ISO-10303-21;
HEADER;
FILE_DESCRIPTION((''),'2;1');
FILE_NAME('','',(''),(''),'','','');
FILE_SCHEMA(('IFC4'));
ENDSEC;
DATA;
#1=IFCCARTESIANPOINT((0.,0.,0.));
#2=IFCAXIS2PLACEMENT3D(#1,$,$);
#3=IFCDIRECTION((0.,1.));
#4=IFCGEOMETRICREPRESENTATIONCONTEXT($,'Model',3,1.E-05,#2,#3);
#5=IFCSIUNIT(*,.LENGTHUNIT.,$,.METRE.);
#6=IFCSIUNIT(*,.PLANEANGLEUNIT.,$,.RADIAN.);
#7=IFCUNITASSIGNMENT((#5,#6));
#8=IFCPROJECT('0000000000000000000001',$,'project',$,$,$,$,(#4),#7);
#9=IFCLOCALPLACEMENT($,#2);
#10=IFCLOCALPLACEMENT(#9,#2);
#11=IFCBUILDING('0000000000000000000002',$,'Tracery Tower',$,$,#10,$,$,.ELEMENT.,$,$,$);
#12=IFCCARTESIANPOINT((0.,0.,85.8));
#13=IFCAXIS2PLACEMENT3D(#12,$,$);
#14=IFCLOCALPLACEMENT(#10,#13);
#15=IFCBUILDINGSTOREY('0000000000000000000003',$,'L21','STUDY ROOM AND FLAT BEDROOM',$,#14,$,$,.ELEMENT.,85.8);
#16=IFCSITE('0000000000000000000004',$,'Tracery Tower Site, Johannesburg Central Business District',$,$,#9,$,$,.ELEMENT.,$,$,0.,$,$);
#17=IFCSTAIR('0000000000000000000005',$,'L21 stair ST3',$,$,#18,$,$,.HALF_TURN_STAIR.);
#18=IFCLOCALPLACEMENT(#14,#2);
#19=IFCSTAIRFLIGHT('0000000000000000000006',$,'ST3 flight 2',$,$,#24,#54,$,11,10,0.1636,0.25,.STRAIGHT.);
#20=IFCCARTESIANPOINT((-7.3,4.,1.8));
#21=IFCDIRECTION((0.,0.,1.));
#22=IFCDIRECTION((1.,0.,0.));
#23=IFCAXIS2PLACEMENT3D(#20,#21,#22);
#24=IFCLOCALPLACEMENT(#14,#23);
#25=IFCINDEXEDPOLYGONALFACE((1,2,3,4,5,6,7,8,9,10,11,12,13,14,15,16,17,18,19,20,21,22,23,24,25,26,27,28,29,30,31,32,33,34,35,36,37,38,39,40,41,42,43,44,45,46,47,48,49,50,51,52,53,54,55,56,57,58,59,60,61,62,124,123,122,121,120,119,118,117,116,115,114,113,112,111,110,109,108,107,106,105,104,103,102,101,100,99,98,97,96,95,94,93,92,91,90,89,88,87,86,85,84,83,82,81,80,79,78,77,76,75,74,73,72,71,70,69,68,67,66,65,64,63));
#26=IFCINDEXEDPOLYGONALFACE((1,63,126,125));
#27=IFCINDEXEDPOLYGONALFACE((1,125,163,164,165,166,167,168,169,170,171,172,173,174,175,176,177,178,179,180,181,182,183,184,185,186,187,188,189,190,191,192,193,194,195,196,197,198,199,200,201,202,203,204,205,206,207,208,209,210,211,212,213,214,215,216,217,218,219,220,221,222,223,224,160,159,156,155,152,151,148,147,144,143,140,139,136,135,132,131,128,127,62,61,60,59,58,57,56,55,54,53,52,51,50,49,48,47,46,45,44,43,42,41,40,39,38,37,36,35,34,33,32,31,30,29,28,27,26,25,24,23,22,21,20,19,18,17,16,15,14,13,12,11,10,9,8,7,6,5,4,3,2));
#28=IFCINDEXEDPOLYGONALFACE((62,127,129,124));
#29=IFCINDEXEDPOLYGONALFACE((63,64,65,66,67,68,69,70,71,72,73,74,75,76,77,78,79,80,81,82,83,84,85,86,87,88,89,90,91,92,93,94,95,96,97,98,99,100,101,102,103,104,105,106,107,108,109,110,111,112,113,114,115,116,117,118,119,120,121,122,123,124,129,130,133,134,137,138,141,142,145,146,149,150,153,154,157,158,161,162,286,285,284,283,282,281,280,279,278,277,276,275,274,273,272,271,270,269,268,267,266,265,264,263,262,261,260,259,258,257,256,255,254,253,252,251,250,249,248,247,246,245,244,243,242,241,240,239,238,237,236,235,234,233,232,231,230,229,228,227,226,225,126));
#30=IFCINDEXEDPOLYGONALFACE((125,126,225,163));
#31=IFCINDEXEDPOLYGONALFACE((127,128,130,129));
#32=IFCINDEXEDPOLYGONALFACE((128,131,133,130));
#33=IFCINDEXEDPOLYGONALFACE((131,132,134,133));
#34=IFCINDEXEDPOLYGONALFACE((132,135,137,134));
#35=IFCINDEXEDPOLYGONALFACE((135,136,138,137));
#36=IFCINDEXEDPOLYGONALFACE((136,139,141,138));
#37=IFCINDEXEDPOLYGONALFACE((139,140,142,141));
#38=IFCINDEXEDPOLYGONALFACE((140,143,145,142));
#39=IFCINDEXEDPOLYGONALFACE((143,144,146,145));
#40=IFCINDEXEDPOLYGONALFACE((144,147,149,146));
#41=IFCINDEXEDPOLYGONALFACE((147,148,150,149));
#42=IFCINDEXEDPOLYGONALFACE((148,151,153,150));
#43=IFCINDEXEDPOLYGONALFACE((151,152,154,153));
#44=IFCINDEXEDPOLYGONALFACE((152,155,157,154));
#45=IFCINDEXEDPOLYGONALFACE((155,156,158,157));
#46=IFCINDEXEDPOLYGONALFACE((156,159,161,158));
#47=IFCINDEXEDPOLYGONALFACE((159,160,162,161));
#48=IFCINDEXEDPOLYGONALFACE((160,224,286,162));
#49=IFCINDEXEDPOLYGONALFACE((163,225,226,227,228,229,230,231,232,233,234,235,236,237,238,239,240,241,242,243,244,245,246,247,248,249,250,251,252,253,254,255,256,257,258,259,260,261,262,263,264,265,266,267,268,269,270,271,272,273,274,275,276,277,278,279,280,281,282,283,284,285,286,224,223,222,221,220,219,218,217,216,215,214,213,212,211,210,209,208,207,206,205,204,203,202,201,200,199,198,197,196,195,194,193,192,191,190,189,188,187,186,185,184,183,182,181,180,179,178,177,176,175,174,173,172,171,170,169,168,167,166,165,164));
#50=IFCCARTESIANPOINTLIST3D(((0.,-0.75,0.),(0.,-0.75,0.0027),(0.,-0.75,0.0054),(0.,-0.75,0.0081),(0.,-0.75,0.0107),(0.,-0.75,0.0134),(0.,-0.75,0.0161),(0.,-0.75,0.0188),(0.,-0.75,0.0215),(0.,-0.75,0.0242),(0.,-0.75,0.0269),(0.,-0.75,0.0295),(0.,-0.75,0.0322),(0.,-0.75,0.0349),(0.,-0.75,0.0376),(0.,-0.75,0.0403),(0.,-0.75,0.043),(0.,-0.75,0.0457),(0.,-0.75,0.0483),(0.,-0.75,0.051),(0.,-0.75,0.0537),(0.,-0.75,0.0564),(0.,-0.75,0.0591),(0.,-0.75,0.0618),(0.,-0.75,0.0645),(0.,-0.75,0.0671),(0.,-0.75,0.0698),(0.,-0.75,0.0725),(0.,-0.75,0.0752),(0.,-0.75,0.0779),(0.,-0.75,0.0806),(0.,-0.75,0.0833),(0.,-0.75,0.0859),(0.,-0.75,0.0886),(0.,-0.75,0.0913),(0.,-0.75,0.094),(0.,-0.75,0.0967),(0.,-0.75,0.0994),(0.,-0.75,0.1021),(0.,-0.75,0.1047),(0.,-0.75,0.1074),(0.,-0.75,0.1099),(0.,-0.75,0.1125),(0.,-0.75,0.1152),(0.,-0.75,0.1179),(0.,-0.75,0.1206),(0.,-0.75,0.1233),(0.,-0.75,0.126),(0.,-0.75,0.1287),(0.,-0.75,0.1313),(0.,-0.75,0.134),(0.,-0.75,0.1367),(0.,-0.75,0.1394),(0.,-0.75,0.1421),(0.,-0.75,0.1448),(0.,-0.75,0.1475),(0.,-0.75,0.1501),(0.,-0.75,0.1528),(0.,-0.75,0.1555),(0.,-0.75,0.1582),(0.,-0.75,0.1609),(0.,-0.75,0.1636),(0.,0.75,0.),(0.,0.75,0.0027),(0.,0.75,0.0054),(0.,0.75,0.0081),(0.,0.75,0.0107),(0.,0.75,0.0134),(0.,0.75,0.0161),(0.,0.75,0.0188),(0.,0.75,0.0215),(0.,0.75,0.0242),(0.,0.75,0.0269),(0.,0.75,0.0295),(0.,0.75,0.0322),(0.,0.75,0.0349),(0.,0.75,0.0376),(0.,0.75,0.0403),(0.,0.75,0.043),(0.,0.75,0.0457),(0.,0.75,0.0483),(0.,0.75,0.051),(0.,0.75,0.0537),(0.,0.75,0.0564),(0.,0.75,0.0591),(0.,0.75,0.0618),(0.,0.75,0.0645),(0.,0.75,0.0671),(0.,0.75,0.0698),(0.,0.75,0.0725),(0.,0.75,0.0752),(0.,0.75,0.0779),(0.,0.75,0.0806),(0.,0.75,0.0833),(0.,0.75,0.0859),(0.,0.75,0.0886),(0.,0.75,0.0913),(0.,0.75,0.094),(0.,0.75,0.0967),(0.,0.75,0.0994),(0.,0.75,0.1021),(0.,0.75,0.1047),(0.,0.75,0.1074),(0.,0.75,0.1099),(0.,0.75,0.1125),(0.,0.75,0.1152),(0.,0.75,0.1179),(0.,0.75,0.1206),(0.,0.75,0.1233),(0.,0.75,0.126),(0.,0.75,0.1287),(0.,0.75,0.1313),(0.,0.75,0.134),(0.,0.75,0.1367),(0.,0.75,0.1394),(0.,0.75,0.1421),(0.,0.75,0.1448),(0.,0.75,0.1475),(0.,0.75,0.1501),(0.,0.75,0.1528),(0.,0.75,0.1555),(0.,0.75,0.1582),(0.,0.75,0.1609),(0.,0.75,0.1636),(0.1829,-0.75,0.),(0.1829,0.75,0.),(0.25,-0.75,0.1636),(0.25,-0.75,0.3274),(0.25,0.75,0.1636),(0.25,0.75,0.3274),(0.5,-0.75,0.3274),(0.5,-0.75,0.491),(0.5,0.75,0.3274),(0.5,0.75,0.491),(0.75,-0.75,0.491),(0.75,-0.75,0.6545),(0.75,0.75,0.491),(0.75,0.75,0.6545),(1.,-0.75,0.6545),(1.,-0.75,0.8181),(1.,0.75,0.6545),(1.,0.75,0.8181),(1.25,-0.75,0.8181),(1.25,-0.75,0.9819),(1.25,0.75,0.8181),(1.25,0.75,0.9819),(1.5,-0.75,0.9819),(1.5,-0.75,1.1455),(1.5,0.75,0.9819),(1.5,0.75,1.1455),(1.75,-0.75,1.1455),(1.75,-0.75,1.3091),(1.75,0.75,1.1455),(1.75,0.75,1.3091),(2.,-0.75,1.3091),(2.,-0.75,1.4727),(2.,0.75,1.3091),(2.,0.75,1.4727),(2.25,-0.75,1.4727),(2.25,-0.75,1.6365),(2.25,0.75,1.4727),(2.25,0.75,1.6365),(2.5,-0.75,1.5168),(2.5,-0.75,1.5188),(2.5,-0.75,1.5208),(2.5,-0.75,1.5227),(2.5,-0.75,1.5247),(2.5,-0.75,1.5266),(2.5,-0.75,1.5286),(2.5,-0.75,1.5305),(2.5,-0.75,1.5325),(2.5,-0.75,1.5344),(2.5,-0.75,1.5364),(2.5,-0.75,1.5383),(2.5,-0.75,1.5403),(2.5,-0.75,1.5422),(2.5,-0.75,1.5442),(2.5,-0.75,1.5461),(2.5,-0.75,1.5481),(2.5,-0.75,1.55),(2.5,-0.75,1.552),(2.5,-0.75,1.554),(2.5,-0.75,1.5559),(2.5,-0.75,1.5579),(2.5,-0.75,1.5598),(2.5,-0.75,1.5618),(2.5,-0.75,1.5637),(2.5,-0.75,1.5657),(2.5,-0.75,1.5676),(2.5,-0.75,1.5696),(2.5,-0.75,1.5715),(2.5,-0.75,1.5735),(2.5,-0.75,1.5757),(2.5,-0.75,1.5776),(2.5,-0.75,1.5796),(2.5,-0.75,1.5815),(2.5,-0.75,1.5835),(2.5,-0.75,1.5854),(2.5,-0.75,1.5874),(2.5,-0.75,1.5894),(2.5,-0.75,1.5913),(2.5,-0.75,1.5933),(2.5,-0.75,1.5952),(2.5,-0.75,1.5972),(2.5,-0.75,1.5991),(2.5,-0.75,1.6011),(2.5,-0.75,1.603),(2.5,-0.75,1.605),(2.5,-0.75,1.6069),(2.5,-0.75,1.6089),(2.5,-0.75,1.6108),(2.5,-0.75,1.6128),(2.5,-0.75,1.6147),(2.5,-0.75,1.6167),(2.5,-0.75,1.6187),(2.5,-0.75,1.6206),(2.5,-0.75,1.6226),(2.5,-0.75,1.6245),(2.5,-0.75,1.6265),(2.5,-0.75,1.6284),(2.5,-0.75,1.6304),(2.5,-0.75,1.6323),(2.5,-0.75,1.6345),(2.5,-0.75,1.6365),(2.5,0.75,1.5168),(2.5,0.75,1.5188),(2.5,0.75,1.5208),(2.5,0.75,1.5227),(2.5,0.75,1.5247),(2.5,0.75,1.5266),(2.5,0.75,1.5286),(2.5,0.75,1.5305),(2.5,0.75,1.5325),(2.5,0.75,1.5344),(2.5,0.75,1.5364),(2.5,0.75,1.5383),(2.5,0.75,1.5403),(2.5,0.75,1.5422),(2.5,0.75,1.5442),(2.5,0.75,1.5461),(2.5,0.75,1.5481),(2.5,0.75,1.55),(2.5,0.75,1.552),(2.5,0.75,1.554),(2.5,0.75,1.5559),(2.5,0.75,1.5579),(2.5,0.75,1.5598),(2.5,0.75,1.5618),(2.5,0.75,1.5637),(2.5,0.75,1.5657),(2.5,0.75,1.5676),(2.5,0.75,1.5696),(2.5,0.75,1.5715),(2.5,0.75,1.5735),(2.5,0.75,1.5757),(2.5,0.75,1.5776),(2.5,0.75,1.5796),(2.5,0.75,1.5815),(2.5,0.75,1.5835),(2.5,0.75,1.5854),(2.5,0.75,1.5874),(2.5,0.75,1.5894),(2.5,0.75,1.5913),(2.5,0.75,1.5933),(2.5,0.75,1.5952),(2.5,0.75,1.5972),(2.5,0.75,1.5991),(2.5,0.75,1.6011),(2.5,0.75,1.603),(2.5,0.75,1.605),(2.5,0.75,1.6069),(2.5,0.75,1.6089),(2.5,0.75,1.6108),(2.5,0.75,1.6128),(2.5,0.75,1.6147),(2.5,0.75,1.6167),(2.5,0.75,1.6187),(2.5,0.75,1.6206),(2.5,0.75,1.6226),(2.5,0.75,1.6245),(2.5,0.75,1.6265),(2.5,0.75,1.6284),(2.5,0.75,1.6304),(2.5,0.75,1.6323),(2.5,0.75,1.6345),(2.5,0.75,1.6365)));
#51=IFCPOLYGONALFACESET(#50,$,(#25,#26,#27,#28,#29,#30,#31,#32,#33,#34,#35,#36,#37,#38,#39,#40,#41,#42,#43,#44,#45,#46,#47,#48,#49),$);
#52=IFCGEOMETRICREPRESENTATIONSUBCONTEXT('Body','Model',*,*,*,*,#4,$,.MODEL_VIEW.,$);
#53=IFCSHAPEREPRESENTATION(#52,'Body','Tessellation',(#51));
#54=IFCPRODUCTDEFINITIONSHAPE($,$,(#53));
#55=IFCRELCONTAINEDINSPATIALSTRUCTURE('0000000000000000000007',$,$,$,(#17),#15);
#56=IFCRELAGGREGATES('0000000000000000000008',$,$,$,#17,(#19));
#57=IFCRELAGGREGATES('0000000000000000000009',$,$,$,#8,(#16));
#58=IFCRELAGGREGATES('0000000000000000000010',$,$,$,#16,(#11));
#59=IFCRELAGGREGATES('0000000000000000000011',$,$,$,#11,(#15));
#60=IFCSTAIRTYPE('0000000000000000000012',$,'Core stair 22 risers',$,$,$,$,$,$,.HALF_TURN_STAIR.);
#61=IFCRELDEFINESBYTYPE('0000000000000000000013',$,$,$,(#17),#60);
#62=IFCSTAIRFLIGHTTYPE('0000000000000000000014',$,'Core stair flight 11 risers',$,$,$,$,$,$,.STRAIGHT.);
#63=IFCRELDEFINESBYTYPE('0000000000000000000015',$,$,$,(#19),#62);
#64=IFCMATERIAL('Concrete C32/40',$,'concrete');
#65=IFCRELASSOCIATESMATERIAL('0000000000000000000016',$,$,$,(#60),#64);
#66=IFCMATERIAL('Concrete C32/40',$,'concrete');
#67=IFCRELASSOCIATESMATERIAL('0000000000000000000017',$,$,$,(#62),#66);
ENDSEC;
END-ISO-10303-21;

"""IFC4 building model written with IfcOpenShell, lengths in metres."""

from ifc_helpers import new_model, si_unit, direction, frame, origin, place, context, subcontext, project, spatial, polyline, outline, extrude, material, type_object, element, aggregate, save


model = new_model("IFC4")

# Units and contexts
model_context = context("Model", 3, precision=1e-05, world=origin(), true_north=direction((0.0, 1.0)))
body_context = subcontext(model_context, "Body", "Model", "MODEL_VIEW")
ifc_project = project(units=[si_unit("LENGTHUNIT", "METRE"), si_unit("PLANEANGLEUNIT", "RADIAN")], contexts=[model_context])

# Site, building, storey
site_placement = place(None, origin())
site = spatial("IfcSite", under=ifc_project, at=site_placement, Name="Tracery Tower Site, Johannesburg Central Business District", CompositionType="ELEMENT", RefElevation=0.0)
building_placement = place(site_placement, origin())
building = spatial("IfcBuilding", under=site, at=building_placement, Name="Tracery Tower", CompositionType="ELEMENT")
storey_placement = place(building_placement, frame((0.0, 0.0, 85.8)))
storey = spatial("IfcBuildingStorey", under=building, at=storey_placement, Name="L21", Description="STUDY ROOM AND FLAT BEDROOM", CompositionType="ELEMENT", Elevation=85.8)

# Stair, stair flight
ifc_material_1 = material(Name="Concrete C32/40", Category="concrete")
stair_type = type_object("IfcStairType", Name="Core stair 22 risers", PredefinedType="HALF_TURN_STAIR", material=ifc_material_1)
stair_placement = place(storey_placement, origin())
stair = element("IfcStair", 1, at=stair_placement, inside=storey, type_object=stair_type, Name="L21 stair ST3", PredefinedType="HALF_TURN_STAIR")
ifc_material_2 = material(Name="Concrete C32/40", Category="concrete")
stair_flight_type = type_object("IfcStairFlightType", Name="Core stair flight 11 risers", PredefinedType="STRAIGHT", material=ifc_material_2)
stair_flight_1_placement = place(storey_placement, frame((-7.3, 4.0, 1.8), z_axis=(0.0, 0.0, 1.0), x_axis=(1.0, 0.0, 0.0)))
stair_flight_1 = element("IfcStairFlight", 2, at=stair_flight_1_placement, type_object=stair_flight_type, Name="ST3 flight 2", NumberOfRisers=11, NumberOfTreads=10, PredefinedType="STRAIGHT", RiserHeight=0.1636, TreadLength=0.25, context=body_context, shape_type="SweptSolid", body=[
    extrude(outline(polyline([(0.0, 0.0), (0.0, 0.0027), (0.0, 0.0054), (0.0, 0.0081), (0.0, 0.0107), (0.0, 0.0134), (0.0, 0.0161), (0.0, 0.0188), (0.0, 0.0215), (0.0, 0.0242), (0.0, 0.0269), (0.0, 0.0295), (0.0, 0.0322), (0.0, 0.0349), (0.0, 0.0376), (0.0, 0.0403), (0.0, 0.043), (0.0, 0.0457), (0.0, 0.0483), (0.0, 0.051), (0.0, 0.0537), (0.0, 0.0564), (0.0, 0.0591), (0.0, 0.0618), (0.0, 0.0645), (0.0, 0.0671), (0.0, 0.0698), (0.0, 0.0725), (0.0, 0.0752), (0.0, 0.0779), (0.0, 0.0806), (0.0, 0.0833), (0.0, 0.0859), (0.0, 0.0886), (0.0, 0.0913), (0.0, 0.094), (0.0, 0.0967), (0.0, 0.0994), (0.0, 0.1021), (0.0, 0.1047), (0.0, 0.1074), (0.0, 0.1099), (0.0, 0.1125), (0.0, 0.1152), (0.0, 0.1179), (0.0, 0.1206), (0.0, 0.1233), (0.0, 0.126), (0.0, 0.1287), (0.0, 0.1313), (0.0, 0.134), (0.0, 0.1367), (0.0, 0.1394), (0.0, 0.1421), (0.0, 0.1448), (0.0, 0.1475), (0.0, 0.1501), (0.0, 0.1528), (0.0, 0.1555), (0.0, 0.1582), (0.0, 0.1609), (0.0, 0.1636), (0.25, 0.1636), (0.25, 0.3274), (0.5, 0.3274), (0.5, 0.491), (0.75, 0.491), (0.75, 0.6545), (1.0, 0.6545), (1.0, 0.8181), (1.25, 0.8181), (1.25, 0.9819), (1.5, 0.9819), (1.5, 1.1455), (1.75, 1.1455), (1.75, 1.3091), (2.0, 1.3091), (2.0, 1.4727), (2.25, 1.4727), (2.25, 1.6365), (2.5, 1.6365), (2.5, 1.6345), (2.5, 1.6323), (2.5, 1.6304), (2.5, 1.6284), (2.5, 1.6265), (2.5, 1.6245), (2.5, 1.6226), (2.5, 1.6206), (2.5, 1.6187), (2.5, 1.6167), (2.5, 1.6147), (2.5, 1.6128), (2.5, 1.6108), (2.5, 1.6089), (2.5, 1.6069), (2.5, 1.605), (2.5, 1.603), (2.5, 1.6011), (2.5, 1.5991), (2.5, 1.5972), (2.5, 1.5952), (2.5, 1.5933), (2.5, 1.5913), (2.5, 1.5894), (2.5, 1.5874), (2.5, 1.5854), (2.5, 1.5835), (2.5, 1.5815), (2.5, 1.5796), (2.5, 1.5776), (2.5, 1.5757), (2.5, 1.5735), (2.5, 1.5715), (2.5, 1.5696), (2.5, 1.5676), (2.5, 1.5657), (2.5, 1.5637), (2.5, 1.5618), (2.5, 1.5598), (2.5, 1.5579), (2.5, 1.5559), (2.5, 1.554), (2.5, 1.552), (2.5, 1.55), (2.5, 1.5481), (2.5, 1.5461), (2.5, 1.5442), (2.5, 1.5422), (2.5, 1.5403), (2.5, 1.5383), (2.5, 1.5364), (2.5, 1.5344), (2.5, 1.5325), (2.5, 1.5305), (2.5, 1.5286), (2.5, 1.5266), (2.5, 1.5247), (2.5, 1.5227), (2.5, 1.5208), (2.5, 1.5188), (2.5, 1.5168), (0.1829, 0.0), (0.0, 0.0)])), frame((0.0, 0.75, 0.0), z_axis=(0.0, -1.0, 0.0), x_axis=(1.0, 0.0, 0.0)), (0.0, 0.0, 1.0), 1.5),
])
aggregate(stair, [stair_flight_1])

save(model, "model.ifc")
